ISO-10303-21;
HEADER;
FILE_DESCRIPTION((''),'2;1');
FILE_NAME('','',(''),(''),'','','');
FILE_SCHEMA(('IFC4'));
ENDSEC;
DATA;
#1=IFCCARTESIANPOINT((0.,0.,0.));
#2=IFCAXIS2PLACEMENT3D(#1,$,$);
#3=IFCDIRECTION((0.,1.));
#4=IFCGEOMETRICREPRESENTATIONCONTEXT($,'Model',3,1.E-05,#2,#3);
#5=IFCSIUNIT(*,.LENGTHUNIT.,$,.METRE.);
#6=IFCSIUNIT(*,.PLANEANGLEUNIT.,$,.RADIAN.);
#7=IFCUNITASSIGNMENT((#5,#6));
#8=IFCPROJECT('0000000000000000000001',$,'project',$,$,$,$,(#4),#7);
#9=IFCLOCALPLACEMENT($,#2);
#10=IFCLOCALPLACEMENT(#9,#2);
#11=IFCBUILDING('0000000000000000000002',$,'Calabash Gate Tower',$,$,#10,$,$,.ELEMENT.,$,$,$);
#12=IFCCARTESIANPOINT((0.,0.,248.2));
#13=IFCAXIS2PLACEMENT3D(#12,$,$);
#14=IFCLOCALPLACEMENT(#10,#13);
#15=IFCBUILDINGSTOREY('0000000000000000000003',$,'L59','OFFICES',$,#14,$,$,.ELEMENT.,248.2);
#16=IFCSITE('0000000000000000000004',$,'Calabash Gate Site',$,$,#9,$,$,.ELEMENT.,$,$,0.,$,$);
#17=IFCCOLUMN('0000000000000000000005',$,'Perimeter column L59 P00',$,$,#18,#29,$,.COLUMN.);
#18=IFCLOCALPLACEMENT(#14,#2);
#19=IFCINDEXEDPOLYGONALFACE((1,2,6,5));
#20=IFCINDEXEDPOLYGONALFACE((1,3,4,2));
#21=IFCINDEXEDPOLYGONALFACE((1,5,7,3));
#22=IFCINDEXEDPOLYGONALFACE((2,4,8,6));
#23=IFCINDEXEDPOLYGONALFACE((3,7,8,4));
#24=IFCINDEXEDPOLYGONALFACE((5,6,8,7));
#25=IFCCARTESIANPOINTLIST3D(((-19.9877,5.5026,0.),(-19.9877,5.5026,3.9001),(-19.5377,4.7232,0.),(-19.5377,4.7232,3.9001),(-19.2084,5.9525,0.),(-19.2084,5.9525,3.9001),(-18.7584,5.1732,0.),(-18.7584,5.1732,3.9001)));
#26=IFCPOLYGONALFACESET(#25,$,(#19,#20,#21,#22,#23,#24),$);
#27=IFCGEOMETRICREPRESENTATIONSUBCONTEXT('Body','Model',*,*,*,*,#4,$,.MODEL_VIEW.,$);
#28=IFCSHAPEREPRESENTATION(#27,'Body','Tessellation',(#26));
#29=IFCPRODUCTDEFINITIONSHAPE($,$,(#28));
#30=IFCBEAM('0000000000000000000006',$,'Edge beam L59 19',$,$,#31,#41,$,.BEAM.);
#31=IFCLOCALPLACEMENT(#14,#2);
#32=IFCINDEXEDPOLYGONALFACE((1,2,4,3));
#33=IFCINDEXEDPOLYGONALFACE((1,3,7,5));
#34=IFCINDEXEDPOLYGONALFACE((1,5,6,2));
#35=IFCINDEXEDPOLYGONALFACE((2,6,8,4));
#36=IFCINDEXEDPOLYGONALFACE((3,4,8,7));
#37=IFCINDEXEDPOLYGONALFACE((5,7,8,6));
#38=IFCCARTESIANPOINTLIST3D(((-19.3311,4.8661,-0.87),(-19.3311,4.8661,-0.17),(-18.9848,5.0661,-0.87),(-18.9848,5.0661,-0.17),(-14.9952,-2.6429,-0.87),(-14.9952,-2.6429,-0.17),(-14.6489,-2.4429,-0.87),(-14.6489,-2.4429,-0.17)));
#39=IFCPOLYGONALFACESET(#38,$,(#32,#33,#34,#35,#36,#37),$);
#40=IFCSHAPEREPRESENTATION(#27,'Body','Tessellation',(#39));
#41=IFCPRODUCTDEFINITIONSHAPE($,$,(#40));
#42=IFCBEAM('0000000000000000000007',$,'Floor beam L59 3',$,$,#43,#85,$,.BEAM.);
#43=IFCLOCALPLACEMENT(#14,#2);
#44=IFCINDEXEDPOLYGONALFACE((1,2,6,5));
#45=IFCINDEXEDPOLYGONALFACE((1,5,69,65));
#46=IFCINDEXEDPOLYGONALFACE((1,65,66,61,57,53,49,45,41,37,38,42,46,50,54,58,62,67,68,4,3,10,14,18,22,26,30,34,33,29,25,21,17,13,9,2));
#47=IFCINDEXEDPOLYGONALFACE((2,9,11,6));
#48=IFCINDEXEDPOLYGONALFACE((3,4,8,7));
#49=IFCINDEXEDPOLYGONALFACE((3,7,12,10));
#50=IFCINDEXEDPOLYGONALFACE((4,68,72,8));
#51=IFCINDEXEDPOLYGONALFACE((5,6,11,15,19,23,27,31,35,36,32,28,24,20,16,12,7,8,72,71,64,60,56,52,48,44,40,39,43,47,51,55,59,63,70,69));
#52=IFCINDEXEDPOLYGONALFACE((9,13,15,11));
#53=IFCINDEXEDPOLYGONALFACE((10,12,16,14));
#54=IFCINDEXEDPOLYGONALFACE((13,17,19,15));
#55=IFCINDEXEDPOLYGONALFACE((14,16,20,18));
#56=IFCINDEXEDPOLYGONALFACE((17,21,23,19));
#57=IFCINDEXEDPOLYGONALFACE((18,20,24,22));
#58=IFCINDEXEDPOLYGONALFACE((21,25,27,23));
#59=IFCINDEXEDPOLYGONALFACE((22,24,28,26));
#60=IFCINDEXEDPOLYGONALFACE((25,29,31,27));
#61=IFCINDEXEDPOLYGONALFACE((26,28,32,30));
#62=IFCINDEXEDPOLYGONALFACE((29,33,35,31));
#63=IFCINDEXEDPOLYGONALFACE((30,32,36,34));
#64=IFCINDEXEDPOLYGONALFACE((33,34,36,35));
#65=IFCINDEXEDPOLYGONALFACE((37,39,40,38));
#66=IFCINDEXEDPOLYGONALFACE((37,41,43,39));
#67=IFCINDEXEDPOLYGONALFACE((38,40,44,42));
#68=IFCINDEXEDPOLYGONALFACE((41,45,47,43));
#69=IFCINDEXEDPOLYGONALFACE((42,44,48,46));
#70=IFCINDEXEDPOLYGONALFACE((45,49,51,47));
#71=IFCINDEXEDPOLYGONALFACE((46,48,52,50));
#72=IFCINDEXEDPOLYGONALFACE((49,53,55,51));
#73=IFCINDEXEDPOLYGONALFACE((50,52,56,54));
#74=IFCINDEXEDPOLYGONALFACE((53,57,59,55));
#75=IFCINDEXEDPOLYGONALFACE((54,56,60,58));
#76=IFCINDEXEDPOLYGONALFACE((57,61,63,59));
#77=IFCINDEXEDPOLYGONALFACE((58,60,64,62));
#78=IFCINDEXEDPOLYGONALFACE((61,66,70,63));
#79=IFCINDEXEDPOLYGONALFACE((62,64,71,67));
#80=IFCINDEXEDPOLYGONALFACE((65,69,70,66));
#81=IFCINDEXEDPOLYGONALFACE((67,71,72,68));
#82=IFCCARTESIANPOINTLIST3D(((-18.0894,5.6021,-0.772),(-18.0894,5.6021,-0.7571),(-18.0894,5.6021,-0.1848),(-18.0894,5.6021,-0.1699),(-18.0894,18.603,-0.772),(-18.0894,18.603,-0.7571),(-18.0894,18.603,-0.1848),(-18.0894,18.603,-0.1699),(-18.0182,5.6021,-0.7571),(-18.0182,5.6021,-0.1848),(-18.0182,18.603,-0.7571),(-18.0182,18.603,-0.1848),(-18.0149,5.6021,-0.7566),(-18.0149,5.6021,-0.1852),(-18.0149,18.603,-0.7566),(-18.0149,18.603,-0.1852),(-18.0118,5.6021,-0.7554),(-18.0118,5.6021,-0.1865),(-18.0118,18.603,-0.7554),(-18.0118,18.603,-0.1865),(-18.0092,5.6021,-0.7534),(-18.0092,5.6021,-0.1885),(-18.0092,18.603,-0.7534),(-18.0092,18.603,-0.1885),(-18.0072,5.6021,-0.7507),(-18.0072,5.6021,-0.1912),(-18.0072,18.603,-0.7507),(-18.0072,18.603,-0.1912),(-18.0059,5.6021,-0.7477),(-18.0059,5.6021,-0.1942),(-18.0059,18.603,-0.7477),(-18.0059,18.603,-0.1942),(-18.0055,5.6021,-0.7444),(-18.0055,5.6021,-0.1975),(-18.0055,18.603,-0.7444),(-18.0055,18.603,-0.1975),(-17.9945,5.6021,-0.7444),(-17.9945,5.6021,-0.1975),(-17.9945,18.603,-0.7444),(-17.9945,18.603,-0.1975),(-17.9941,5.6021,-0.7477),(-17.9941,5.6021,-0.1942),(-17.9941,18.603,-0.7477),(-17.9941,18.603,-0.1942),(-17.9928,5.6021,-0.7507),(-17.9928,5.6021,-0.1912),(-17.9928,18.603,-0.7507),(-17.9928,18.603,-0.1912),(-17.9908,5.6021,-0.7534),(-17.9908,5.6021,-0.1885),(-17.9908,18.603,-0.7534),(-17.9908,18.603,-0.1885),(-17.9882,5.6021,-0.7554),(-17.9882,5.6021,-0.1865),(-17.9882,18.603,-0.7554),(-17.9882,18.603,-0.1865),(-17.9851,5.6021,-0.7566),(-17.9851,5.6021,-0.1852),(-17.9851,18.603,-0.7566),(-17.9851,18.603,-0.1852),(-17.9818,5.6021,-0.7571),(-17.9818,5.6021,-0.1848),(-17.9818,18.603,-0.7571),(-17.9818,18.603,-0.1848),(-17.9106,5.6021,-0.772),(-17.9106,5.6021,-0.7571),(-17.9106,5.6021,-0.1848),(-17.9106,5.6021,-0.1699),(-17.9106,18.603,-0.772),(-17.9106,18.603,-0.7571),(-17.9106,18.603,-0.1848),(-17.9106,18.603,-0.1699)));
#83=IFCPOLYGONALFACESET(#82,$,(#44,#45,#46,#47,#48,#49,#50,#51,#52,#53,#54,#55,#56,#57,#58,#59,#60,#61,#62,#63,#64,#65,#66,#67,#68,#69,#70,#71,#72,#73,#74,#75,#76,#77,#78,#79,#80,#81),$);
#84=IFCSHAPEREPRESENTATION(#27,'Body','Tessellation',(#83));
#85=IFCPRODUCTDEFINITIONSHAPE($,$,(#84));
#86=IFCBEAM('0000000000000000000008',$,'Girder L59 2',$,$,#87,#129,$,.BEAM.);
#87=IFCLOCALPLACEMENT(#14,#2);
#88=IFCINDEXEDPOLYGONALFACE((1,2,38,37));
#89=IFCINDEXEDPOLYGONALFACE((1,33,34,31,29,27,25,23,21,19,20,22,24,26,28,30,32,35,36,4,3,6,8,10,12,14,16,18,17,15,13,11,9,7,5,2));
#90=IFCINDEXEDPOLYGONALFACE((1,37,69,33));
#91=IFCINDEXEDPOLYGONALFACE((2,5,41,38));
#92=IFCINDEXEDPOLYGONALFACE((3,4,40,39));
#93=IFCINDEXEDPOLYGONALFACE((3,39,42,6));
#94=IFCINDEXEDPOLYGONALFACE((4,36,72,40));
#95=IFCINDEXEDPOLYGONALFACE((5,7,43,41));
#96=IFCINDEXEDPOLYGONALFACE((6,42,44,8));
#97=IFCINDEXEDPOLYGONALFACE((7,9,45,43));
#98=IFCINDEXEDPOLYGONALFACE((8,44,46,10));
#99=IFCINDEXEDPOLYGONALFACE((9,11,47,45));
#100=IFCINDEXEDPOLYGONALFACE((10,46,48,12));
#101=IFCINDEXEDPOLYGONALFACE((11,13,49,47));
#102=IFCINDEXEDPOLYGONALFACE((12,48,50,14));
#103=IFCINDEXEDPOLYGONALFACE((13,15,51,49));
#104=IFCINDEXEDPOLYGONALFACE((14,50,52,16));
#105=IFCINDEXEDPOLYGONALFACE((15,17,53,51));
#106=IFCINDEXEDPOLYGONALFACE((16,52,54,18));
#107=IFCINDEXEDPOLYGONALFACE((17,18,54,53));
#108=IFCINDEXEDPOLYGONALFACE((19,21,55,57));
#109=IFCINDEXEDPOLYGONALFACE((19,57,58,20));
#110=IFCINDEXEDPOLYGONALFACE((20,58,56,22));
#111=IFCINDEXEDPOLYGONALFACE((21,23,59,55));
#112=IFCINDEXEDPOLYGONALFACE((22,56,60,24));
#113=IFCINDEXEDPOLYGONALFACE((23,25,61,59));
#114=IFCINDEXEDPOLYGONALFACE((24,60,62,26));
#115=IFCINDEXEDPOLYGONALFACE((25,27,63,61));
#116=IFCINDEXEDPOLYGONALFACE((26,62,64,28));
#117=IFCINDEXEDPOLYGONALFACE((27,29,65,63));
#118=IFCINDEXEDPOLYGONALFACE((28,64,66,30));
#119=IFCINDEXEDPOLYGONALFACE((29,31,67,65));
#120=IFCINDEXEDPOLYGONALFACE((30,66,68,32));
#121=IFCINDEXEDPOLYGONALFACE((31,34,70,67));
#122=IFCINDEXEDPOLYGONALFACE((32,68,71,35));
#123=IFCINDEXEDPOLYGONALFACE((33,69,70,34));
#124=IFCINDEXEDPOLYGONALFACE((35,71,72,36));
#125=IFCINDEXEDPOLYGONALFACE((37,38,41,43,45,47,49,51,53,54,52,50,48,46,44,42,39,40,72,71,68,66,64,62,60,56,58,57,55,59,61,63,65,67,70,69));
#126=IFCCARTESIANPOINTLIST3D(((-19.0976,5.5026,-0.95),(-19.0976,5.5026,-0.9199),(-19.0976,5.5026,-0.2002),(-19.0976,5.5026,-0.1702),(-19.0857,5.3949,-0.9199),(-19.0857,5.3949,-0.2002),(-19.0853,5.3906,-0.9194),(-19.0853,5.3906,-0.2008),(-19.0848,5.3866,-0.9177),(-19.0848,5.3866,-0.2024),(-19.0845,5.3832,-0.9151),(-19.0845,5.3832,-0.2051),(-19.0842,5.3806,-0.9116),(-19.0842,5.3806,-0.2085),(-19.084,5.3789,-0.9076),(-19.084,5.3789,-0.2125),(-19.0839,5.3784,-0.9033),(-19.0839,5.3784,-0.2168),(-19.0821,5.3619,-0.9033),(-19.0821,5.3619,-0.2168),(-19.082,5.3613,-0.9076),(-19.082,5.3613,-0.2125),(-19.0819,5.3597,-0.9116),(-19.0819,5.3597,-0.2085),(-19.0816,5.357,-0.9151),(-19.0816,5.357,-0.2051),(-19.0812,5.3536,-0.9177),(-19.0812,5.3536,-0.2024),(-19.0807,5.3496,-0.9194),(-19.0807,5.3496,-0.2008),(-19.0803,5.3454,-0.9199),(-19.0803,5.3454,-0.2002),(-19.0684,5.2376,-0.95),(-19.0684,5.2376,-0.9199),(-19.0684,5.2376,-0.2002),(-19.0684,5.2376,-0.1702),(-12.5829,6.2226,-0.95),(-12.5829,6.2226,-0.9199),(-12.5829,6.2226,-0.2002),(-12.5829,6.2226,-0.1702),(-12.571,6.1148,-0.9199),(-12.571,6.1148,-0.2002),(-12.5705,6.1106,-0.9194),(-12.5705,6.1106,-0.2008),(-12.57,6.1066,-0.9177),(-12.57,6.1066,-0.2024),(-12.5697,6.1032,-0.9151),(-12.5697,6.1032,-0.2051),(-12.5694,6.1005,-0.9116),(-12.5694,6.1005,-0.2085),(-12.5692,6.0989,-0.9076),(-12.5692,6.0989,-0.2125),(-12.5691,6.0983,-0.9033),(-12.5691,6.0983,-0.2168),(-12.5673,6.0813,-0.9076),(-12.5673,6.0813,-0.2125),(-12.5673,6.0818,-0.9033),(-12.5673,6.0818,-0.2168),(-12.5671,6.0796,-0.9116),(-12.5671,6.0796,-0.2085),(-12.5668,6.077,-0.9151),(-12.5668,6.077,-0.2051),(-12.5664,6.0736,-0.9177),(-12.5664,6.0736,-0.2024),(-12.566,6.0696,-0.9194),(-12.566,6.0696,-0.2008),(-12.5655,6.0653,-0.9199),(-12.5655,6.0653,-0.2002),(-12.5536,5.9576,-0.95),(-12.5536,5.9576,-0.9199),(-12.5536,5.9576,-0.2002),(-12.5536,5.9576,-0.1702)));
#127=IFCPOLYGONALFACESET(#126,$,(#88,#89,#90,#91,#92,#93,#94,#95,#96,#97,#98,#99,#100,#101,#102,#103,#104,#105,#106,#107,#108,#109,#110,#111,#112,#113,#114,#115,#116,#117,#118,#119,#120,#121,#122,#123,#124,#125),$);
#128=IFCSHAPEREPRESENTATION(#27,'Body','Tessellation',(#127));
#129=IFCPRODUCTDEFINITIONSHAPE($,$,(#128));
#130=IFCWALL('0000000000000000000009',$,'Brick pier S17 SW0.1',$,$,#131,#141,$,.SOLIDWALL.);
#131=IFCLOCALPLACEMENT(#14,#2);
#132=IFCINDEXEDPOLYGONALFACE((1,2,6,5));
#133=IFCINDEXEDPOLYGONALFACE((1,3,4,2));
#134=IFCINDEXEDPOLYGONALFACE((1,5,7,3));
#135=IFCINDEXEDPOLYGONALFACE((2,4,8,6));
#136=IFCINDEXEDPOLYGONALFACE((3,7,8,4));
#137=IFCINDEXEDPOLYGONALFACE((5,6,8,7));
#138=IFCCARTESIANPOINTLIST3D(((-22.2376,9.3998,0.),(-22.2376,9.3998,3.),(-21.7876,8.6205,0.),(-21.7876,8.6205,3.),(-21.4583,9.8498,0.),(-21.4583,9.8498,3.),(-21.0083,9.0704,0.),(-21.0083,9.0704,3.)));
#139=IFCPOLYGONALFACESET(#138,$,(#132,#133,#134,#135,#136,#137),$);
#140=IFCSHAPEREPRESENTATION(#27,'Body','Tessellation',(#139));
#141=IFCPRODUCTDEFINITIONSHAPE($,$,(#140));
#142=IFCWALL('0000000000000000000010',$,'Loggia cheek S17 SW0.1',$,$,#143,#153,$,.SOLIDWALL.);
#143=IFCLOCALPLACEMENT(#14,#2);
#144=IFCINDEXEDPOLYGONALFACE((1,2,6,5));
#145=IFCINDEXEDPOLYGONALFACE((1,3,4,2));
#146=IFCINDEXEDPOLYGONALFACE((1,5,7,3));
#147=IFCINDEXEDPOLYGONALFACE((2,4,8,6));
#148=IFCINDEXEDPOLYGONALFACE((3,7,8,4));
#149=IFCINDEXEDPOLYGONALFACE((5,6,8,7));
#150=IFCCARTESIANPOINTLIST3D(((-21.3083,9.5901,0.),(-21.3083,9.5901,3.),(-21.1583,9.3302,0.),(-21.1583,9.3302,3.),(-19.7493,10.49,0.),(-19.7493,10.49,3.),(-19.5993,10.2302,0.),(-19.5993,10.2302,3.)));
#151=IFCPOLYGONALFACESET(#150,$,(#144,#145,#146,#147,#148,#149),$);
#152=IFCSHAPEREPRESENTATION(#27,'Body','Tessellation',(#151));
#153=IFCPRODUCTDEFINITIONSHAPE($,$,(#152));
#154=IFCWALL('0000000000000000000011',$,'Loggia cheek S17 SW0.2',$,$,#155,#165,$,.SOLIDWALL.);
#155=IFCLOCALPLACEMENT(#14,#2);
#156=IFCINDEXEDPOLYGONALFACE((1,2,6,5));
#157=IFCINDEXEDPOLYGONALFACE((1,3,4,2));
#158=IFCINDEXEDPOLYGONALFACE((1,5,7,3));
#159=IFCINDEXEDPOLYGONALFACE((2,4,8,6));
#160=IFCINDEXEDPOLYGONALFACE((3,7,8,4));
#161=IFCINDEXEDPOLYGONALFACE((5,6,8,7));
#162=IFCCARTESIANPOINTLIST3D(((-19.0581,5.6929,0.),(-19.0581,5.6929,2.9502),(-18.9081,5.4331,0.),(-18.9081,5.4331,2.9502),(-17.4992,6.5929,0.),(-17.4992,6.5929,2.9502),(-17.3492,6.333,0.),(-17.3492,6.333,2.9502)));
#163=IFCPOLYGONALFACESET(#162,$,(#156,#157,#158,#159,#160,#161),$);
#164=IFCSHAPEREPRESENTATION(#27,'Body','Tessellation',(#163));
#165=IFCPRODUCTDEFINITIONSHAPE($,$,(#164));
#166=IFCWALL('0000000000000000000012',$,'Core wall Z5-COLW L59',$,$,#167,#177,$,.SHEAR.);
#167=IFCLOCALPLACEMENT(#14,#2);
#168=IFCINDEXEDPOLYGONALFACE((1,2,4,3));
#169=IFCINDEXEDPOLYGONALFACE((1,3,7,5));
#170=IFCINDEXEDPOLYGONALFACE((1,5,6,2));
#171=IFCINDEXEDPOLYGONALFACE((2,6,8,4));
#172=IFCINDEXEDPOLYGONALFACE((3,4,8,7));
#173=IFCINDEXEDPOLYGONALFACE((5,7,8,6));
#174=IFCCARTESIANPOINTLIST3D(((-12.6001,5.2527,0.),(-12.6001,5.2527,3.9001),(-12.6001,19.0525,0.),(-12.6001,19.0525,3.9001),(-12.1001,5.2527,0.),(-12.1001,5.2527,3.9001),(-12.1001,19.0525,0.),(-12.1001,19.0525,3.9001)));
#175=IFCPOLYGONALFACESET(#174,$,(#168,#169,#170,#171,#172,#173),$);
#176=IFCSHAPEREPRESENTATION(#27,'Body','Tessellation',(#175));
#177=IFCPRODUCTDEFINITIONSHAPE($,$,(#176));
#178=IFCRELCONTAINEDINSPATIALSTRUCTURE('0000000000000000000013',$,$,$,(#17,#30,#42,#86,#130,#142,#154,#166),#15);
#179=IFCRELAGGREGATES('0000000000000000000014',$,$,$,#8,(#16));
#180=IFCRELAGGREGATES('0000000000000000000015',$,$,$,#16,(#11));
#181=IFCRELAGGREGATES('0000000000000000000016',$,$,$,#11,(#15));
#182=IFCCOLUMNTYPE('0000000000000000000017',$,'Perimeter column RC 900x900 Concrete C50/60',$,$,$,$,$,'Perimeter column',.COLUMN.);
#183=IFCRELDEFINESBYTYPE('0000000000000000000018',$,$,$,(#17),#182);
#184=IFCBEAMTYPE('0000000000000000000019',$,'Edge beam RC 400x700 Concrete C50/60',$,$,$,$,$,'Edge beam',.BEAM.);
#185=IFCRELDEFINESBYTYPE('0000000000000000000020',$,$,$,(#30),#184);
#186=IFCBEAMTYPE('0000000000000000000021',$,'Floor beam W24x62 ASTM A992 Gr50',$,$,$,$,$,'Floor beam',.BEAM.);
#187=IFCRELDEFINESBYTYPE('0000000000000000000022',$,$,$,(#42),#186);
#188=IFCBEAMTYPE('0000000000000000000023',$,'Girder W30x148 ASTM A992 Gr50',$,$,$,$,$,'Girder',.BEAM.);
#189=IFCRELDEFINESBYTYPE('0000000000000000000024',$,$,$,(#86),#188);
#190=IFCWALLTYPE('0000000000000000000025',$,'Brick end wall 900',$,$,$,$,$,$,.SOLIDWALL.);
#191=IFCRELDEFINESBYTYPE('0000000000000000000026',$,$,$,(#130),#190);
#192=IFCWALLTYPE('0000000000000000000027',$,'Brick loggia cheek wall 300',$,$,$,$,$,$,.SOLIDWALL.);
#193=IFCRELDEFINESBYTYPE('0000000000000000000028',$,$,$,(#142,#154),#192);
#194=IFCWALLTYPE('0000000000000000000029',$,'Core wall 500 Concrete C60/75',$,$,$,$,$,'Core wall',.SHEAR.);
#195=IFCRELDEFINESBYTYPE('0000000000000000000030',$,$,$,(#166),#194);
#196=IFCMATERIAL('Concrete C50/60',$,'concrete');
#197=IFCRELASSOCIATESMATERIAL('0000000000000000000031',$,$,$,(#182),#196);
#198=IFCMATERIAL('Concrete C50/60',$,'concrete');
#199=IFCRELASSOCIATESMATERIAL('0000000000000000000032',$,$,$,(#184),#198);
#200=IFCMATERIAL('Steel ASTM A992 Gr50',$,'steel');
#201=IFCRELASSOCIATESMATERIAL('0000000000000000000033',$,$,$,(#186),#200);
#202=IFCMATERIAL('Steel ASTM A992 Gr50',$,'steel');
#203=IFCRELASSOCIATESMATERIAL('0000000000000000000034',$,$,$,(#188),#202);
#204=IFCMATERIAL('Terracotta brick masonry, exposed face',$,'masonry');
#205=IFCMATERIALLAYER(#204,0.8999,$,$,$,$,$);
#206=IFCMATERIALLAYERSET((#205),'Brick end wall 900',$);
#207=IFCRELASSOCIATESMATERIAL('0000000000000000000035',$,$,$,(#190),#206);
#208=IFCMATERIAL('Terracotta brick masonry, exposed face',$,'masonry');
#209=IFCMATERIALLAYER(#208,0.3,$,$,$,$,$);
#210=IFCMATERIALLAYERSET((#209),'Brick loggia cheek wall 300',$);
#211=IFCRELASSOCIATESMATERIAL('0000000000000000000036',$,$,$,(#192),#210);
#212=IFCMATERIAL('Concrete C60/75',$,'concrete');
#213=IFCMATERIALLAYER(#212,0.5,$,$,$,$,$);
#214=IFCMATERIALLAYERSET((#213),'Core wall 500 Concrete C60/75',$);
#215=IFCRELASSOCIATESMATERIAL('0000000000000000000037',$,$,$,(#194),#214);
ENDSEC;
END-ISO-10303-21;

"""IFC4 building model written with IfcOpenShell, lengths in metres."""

from ifc_helpers import new_model, si_unit, direction, frame, frame_2d, origin, origin_2d, place, context, subcontext, project, spatial, rectangle, i_section, extrude, material, layer, layer_set, material_profile, profile_set, type_object, element, save


model = new_model("IFC4")

# Units and contexts
model_context = context("Model", 3, precision=1e-05, world=origin(), true_north=direction((0.0, 1.0)))
body_context = subcontext(model_context, "Body", "Model", "MODEL_VIEW")
ifc_project = project(units=[si_unit("LENGTHUNIT", "METRE"), si_unit("PLANEANGLEUNIT", "RADIAN")], contexts=[model_context])

# Site, building, storey
site_placement = place(None, origin())
site = spatial("IfcSite", under=ifc_project, at=site_placement, Name="Calabash Gate Site", CompositionType="ELEMENT", RefElevation=0.0)
building_placement = place(site_placement, origin())
building = spatial("IfcBuilding", under=site, at=building_placement, Name="Calabash Gate Tower", CompositionType="ELEMENT")
storey_placement = place(building_placement, frame((0.0, 0.0, 248.2)))
storey = spatial("IfcBuildingStorey", under=building, at=storey_placement, Name="L59", Description="OFFICES", CompositionType="ELEMENT", Elevation=248.2)

# Column
ifc_material_1 = material(Name="Concrete C50/60", Category="concrete")
ifc_material_profile_1 = material_profile(ifc_material_1, rectangle(XDim=0.8999, YDim=0.8999, at=origin_2d()))
ifc_profile_set_1 = profile_set([ifc_material_profile_1], Name="Concrete C50/60")
column_type = type_object("IfcColumnType", Name="Perimeter column RC 900x900 Concrete C50/60", ElementType="Perimeter column", PredefinedType="COLUMN", material=ifc_profile_set_1)
column_placement = place(storey_placement, frame((-19.373, 5.3379, 0.0), z_axis=(0.0, 0.0, 1.0), x_axis=(0.5, -0.866025, 0.0)))
element("IfcColumn", 1, at=column_placement, inside=storey, type_object=column_type, Name="Perimeter column L59 P00", PredefinedType="COLUMN", context=body_context, shape_type="SweptSolid", body=[
    extrude(rectangle(XDim=0.8999, YDim=0.8999, at=origin_2d()), origin(), (0.0, 0.0, 1.0), 3.9001),
])

# Beams
ifc_material_2 = material(Name="Concrete C50/60", Category="concrete")
ifc_material_profile_2 = material_profile(ifc_material_2, rectangle(XDim=0.3999, YDim=0.7, at=origin_2d()))
ifc_profile_set_2 = profile_set([ifc_material_profile_2], Name="Concrete C50/60")
beam_type_1 = type_object("IfcBeamType", Name="Edge beam RC 400x700 Concrete C50/60", ElementType="Edge beam", PredefinedType="BEAM", material=ifc_profile_set_2)
beam_1_placement = place(storey_placement, frame((-19.158, 4.9661, -0.52), z_axis=(0.500051, -0.865996, 0.0), x_axis=(0.865996, 0.500051, 0.0)))
element("IfcBeam", 2, at=beam_1_placement, inside=storey, type_object=beam_type_1, Name="Edge beam L59 19", PredefinedType="BEAM", context=body_context, shape_type="SweptSolid", body=[
    extrude(rectangle(XDim=0.3999, YDim=0.7, at=origin_2d()), origin(), (0.0, 0.0, 1.0), 8.6709),
])
ifc_material_3 = material(Name="Steel ASTM A992 Gr50", Category="steel")
ifc_material_profile_3 = material_profile(ifc_material_3, i_section(OverallWidth=0.1787, OverallDepth=0.6021, WebThickness=0.011, FlangeThickness=0.0149, FilletRadius=0.0127, at=origin_2d()))
ifc_profile_set_3 = profile_set([ifc_material_profile_3], Name="Steel ASTM A992 Gr50")
beam_type_2 = type_object("IfcBeamType", Name="Floor beam W24x62 ASTM A992 Gr50", ElementType="Floor beam", PredefinedType="BEAM", material=ifc_profile_set_3)
beam_2_placement = place(storey_placement, frame((-18.0, 5.6021, -0.4709), z_axis=(0.0, 1.0, 0.0), x_axis=(-1.0, 0.0, 0.0)))
element("IfcBeam", 3, at=beam_2_placement, inside=storey, type_object=beam_type_2, Name="Floor beam L59 3", PredefinedType="BEAM", context=body_context, shape_type="SweptSolid", body=[
    extrude(i_section(OverallWidth=0.1787, OverallDepth=0.6021, WebThickness=0.011, FlangeThickness=0.0149, FilletRadius=0.0127, at=origin_2d()), origin(), (0.0, 0.0, 1.0), 13.001),
])
ifc_material_4 = material(Name="Steel ASTM A992 Gr50", Category="steel")
ifc_material_profile_4 = material_profile(ifc_material_4, i_section(OverallWidth=0.2666, OverallDepth=0.7798, WebThickness=0.0166, FlangeThickness=0.03, FilletRadius=0.0166, at=origin_2d()))
ifc_profile_set_4 = profile_set([ifc_material_profile_4], Name="Steel ASTM A992 Gr50")
beam_type_3 = type_object("IfcBeamType", Name="Girder W30x148 ASTM A992 Gr50", ElementType="Girder", PredefinedType="BEAM", material=ifc_profile_set_4)
beam_3_placement = place(storey_placement, frame((-19.083, 5.3701, -0.5601), z_axis=(0.993949, 0.109843, 0.0), x_axis=(-0.109843, 0.993949, 0.0)))
element("IfcBeam", 4, at=beam_3_placement, inside=storey, type_object=beam_type_3, Name="Girder L59 2", PredefinedType="BEAM", context=body_context, shape_type="SweptSolid", body=[
    extrude(i_section(OverallWidth=0.2666, OverallDepth=0.7798, WebThickness=0.0166, FlangeThickness=0.03, FilletRadius=0.0166, at=origin_2d()), origin(), (0.0, 0.0, 1.0), 6.5544),
])

# Walls
ifc_material_5 = material(Name="Terracotta brick masonry, exposed face", Category="masonry")
ifc_layer_1 = layer(ifc_material_5, 0.8999)
ifc_layer_set_1 = layer_set([ifc_layer_1], Name="Brick end wall 900")
wall_type_1 = type_object("IfcWallType", Name="Brick end wall 900", PredefinedType="SOLIDWALL", material=ifc_layer_set_1)
wall_1_placement = place(storey_placement, frame((-21.3979, 8.8455, 0.0), z_axis=(0.0, 0.0, 1.0), x_axis=(-0.50002, 0.866014, 0.0)))
element("IfcWall", 5, at=wall_1_placement, inside=storey, type_object=wall_type_1, Name="Brick pier S17 SW0.1", PredefinedType="SOLIDWALL", context=body_context, shape_type="SweptSolid", body=[
    extrude(rectangle(XDim=0.8999, YDim=0.8999, at=frame_2d((0.45, 0.0))), origin(), (0.0, 0.0, 1.0), 3.0),
])
ifc_material_6 = material(Name="Terracotta brick masonry, exposed face", Category="masonry")
ifc_layer_2 = layer(ifc_material_6, 0.3)
ifc_layer_set_2 = layer_set([ifc_layer_2], Name="Brick loggia cheek wall 300")
wall_type_2 = type_object("IfcWallType", Name="Brick loggia cheek wall 300", PredefinedType="SOLIDWALL", material=ifc_layer_set_2)
wall_2_placement = place(storey_placement, frame((-21.2332, 9.4602, 0.0), z_axis=(0.0, 0.0, 1.0), x_axis=(0.866048, 0.499961, 0.0)))
element("IfcWall", 6, at=wall_2_placement, inside=storey, type_object=wall_type_2, Name="Loggia cheek S17 SW0.1", PredefinedType="SOLIDWALL", context=body_context, shape_type="SweptSolid", body=[
    extrude(rectangle(XDim=1.8, YDim=0.3, at=frame_2d((0.8999, 0.0))), origin(), (0.0, 0.0, 1.0), 3.0),
])
wall_3_placement = place(storey_placement, frame((-17.4243, 6.4629, 0.0), z_axis=(0.0, 0.0, 1.0), x_axis=(-0.866048, -0.499961, 0.0)))
element("IfcWall", 7, at=wall_3_placement, inside=storey, type_object=wall_type_2, Name="Loggia cheek S17 SW0.2", PredefinedType="SOLIDWALL", context=body_context, shape_type="SweptSolid", body=[
    extrude(rectangle(XDim=1.8, YDim=0.3, at=frame_2d((0.8999, 0.0))), origin(), (0.0, 0.0, 1.0), 2.9502),
])
ifc_material_7 = material(Name="Concrete C60/75", Category="concrete")
ifc_layer_3 = layer(ifc_material_7, 0.5)
ifc_layer_set_3 = layer_set([ifc_layer_3], Name="Core wall 500 Concrete C60/75")
wall_type_3 = type_object("IfcWallType", Name="Core wall 500 Concrete C60/75", ElementType="Core wall", PredefinedType="SHEAR", material=ifc_layer_set_3)
wall_4_placement = place(storey_placement, frame((-12.3501, 5.2527, 0.0), z_axis=(0.0, 0.0, 1.0), x_axis=(0.0, 1.0, 0.0)))
element("IfcWall", 8, at=wall_4_placement, inside=storey, type_object=wall_type_3, Name="Core wall Z5-COLW L59", PredefinedType="SHEAR", context=body_context, shape_type="SweptSolid", body=[
    extrude(rectangle(XDim=13.7998, YDim=0.5, at=frame_2d((6.8999, 0.0))), origin(), (0.0, 0.0, 1.0), 3.9001),
])

save(model, "model.ifc")
